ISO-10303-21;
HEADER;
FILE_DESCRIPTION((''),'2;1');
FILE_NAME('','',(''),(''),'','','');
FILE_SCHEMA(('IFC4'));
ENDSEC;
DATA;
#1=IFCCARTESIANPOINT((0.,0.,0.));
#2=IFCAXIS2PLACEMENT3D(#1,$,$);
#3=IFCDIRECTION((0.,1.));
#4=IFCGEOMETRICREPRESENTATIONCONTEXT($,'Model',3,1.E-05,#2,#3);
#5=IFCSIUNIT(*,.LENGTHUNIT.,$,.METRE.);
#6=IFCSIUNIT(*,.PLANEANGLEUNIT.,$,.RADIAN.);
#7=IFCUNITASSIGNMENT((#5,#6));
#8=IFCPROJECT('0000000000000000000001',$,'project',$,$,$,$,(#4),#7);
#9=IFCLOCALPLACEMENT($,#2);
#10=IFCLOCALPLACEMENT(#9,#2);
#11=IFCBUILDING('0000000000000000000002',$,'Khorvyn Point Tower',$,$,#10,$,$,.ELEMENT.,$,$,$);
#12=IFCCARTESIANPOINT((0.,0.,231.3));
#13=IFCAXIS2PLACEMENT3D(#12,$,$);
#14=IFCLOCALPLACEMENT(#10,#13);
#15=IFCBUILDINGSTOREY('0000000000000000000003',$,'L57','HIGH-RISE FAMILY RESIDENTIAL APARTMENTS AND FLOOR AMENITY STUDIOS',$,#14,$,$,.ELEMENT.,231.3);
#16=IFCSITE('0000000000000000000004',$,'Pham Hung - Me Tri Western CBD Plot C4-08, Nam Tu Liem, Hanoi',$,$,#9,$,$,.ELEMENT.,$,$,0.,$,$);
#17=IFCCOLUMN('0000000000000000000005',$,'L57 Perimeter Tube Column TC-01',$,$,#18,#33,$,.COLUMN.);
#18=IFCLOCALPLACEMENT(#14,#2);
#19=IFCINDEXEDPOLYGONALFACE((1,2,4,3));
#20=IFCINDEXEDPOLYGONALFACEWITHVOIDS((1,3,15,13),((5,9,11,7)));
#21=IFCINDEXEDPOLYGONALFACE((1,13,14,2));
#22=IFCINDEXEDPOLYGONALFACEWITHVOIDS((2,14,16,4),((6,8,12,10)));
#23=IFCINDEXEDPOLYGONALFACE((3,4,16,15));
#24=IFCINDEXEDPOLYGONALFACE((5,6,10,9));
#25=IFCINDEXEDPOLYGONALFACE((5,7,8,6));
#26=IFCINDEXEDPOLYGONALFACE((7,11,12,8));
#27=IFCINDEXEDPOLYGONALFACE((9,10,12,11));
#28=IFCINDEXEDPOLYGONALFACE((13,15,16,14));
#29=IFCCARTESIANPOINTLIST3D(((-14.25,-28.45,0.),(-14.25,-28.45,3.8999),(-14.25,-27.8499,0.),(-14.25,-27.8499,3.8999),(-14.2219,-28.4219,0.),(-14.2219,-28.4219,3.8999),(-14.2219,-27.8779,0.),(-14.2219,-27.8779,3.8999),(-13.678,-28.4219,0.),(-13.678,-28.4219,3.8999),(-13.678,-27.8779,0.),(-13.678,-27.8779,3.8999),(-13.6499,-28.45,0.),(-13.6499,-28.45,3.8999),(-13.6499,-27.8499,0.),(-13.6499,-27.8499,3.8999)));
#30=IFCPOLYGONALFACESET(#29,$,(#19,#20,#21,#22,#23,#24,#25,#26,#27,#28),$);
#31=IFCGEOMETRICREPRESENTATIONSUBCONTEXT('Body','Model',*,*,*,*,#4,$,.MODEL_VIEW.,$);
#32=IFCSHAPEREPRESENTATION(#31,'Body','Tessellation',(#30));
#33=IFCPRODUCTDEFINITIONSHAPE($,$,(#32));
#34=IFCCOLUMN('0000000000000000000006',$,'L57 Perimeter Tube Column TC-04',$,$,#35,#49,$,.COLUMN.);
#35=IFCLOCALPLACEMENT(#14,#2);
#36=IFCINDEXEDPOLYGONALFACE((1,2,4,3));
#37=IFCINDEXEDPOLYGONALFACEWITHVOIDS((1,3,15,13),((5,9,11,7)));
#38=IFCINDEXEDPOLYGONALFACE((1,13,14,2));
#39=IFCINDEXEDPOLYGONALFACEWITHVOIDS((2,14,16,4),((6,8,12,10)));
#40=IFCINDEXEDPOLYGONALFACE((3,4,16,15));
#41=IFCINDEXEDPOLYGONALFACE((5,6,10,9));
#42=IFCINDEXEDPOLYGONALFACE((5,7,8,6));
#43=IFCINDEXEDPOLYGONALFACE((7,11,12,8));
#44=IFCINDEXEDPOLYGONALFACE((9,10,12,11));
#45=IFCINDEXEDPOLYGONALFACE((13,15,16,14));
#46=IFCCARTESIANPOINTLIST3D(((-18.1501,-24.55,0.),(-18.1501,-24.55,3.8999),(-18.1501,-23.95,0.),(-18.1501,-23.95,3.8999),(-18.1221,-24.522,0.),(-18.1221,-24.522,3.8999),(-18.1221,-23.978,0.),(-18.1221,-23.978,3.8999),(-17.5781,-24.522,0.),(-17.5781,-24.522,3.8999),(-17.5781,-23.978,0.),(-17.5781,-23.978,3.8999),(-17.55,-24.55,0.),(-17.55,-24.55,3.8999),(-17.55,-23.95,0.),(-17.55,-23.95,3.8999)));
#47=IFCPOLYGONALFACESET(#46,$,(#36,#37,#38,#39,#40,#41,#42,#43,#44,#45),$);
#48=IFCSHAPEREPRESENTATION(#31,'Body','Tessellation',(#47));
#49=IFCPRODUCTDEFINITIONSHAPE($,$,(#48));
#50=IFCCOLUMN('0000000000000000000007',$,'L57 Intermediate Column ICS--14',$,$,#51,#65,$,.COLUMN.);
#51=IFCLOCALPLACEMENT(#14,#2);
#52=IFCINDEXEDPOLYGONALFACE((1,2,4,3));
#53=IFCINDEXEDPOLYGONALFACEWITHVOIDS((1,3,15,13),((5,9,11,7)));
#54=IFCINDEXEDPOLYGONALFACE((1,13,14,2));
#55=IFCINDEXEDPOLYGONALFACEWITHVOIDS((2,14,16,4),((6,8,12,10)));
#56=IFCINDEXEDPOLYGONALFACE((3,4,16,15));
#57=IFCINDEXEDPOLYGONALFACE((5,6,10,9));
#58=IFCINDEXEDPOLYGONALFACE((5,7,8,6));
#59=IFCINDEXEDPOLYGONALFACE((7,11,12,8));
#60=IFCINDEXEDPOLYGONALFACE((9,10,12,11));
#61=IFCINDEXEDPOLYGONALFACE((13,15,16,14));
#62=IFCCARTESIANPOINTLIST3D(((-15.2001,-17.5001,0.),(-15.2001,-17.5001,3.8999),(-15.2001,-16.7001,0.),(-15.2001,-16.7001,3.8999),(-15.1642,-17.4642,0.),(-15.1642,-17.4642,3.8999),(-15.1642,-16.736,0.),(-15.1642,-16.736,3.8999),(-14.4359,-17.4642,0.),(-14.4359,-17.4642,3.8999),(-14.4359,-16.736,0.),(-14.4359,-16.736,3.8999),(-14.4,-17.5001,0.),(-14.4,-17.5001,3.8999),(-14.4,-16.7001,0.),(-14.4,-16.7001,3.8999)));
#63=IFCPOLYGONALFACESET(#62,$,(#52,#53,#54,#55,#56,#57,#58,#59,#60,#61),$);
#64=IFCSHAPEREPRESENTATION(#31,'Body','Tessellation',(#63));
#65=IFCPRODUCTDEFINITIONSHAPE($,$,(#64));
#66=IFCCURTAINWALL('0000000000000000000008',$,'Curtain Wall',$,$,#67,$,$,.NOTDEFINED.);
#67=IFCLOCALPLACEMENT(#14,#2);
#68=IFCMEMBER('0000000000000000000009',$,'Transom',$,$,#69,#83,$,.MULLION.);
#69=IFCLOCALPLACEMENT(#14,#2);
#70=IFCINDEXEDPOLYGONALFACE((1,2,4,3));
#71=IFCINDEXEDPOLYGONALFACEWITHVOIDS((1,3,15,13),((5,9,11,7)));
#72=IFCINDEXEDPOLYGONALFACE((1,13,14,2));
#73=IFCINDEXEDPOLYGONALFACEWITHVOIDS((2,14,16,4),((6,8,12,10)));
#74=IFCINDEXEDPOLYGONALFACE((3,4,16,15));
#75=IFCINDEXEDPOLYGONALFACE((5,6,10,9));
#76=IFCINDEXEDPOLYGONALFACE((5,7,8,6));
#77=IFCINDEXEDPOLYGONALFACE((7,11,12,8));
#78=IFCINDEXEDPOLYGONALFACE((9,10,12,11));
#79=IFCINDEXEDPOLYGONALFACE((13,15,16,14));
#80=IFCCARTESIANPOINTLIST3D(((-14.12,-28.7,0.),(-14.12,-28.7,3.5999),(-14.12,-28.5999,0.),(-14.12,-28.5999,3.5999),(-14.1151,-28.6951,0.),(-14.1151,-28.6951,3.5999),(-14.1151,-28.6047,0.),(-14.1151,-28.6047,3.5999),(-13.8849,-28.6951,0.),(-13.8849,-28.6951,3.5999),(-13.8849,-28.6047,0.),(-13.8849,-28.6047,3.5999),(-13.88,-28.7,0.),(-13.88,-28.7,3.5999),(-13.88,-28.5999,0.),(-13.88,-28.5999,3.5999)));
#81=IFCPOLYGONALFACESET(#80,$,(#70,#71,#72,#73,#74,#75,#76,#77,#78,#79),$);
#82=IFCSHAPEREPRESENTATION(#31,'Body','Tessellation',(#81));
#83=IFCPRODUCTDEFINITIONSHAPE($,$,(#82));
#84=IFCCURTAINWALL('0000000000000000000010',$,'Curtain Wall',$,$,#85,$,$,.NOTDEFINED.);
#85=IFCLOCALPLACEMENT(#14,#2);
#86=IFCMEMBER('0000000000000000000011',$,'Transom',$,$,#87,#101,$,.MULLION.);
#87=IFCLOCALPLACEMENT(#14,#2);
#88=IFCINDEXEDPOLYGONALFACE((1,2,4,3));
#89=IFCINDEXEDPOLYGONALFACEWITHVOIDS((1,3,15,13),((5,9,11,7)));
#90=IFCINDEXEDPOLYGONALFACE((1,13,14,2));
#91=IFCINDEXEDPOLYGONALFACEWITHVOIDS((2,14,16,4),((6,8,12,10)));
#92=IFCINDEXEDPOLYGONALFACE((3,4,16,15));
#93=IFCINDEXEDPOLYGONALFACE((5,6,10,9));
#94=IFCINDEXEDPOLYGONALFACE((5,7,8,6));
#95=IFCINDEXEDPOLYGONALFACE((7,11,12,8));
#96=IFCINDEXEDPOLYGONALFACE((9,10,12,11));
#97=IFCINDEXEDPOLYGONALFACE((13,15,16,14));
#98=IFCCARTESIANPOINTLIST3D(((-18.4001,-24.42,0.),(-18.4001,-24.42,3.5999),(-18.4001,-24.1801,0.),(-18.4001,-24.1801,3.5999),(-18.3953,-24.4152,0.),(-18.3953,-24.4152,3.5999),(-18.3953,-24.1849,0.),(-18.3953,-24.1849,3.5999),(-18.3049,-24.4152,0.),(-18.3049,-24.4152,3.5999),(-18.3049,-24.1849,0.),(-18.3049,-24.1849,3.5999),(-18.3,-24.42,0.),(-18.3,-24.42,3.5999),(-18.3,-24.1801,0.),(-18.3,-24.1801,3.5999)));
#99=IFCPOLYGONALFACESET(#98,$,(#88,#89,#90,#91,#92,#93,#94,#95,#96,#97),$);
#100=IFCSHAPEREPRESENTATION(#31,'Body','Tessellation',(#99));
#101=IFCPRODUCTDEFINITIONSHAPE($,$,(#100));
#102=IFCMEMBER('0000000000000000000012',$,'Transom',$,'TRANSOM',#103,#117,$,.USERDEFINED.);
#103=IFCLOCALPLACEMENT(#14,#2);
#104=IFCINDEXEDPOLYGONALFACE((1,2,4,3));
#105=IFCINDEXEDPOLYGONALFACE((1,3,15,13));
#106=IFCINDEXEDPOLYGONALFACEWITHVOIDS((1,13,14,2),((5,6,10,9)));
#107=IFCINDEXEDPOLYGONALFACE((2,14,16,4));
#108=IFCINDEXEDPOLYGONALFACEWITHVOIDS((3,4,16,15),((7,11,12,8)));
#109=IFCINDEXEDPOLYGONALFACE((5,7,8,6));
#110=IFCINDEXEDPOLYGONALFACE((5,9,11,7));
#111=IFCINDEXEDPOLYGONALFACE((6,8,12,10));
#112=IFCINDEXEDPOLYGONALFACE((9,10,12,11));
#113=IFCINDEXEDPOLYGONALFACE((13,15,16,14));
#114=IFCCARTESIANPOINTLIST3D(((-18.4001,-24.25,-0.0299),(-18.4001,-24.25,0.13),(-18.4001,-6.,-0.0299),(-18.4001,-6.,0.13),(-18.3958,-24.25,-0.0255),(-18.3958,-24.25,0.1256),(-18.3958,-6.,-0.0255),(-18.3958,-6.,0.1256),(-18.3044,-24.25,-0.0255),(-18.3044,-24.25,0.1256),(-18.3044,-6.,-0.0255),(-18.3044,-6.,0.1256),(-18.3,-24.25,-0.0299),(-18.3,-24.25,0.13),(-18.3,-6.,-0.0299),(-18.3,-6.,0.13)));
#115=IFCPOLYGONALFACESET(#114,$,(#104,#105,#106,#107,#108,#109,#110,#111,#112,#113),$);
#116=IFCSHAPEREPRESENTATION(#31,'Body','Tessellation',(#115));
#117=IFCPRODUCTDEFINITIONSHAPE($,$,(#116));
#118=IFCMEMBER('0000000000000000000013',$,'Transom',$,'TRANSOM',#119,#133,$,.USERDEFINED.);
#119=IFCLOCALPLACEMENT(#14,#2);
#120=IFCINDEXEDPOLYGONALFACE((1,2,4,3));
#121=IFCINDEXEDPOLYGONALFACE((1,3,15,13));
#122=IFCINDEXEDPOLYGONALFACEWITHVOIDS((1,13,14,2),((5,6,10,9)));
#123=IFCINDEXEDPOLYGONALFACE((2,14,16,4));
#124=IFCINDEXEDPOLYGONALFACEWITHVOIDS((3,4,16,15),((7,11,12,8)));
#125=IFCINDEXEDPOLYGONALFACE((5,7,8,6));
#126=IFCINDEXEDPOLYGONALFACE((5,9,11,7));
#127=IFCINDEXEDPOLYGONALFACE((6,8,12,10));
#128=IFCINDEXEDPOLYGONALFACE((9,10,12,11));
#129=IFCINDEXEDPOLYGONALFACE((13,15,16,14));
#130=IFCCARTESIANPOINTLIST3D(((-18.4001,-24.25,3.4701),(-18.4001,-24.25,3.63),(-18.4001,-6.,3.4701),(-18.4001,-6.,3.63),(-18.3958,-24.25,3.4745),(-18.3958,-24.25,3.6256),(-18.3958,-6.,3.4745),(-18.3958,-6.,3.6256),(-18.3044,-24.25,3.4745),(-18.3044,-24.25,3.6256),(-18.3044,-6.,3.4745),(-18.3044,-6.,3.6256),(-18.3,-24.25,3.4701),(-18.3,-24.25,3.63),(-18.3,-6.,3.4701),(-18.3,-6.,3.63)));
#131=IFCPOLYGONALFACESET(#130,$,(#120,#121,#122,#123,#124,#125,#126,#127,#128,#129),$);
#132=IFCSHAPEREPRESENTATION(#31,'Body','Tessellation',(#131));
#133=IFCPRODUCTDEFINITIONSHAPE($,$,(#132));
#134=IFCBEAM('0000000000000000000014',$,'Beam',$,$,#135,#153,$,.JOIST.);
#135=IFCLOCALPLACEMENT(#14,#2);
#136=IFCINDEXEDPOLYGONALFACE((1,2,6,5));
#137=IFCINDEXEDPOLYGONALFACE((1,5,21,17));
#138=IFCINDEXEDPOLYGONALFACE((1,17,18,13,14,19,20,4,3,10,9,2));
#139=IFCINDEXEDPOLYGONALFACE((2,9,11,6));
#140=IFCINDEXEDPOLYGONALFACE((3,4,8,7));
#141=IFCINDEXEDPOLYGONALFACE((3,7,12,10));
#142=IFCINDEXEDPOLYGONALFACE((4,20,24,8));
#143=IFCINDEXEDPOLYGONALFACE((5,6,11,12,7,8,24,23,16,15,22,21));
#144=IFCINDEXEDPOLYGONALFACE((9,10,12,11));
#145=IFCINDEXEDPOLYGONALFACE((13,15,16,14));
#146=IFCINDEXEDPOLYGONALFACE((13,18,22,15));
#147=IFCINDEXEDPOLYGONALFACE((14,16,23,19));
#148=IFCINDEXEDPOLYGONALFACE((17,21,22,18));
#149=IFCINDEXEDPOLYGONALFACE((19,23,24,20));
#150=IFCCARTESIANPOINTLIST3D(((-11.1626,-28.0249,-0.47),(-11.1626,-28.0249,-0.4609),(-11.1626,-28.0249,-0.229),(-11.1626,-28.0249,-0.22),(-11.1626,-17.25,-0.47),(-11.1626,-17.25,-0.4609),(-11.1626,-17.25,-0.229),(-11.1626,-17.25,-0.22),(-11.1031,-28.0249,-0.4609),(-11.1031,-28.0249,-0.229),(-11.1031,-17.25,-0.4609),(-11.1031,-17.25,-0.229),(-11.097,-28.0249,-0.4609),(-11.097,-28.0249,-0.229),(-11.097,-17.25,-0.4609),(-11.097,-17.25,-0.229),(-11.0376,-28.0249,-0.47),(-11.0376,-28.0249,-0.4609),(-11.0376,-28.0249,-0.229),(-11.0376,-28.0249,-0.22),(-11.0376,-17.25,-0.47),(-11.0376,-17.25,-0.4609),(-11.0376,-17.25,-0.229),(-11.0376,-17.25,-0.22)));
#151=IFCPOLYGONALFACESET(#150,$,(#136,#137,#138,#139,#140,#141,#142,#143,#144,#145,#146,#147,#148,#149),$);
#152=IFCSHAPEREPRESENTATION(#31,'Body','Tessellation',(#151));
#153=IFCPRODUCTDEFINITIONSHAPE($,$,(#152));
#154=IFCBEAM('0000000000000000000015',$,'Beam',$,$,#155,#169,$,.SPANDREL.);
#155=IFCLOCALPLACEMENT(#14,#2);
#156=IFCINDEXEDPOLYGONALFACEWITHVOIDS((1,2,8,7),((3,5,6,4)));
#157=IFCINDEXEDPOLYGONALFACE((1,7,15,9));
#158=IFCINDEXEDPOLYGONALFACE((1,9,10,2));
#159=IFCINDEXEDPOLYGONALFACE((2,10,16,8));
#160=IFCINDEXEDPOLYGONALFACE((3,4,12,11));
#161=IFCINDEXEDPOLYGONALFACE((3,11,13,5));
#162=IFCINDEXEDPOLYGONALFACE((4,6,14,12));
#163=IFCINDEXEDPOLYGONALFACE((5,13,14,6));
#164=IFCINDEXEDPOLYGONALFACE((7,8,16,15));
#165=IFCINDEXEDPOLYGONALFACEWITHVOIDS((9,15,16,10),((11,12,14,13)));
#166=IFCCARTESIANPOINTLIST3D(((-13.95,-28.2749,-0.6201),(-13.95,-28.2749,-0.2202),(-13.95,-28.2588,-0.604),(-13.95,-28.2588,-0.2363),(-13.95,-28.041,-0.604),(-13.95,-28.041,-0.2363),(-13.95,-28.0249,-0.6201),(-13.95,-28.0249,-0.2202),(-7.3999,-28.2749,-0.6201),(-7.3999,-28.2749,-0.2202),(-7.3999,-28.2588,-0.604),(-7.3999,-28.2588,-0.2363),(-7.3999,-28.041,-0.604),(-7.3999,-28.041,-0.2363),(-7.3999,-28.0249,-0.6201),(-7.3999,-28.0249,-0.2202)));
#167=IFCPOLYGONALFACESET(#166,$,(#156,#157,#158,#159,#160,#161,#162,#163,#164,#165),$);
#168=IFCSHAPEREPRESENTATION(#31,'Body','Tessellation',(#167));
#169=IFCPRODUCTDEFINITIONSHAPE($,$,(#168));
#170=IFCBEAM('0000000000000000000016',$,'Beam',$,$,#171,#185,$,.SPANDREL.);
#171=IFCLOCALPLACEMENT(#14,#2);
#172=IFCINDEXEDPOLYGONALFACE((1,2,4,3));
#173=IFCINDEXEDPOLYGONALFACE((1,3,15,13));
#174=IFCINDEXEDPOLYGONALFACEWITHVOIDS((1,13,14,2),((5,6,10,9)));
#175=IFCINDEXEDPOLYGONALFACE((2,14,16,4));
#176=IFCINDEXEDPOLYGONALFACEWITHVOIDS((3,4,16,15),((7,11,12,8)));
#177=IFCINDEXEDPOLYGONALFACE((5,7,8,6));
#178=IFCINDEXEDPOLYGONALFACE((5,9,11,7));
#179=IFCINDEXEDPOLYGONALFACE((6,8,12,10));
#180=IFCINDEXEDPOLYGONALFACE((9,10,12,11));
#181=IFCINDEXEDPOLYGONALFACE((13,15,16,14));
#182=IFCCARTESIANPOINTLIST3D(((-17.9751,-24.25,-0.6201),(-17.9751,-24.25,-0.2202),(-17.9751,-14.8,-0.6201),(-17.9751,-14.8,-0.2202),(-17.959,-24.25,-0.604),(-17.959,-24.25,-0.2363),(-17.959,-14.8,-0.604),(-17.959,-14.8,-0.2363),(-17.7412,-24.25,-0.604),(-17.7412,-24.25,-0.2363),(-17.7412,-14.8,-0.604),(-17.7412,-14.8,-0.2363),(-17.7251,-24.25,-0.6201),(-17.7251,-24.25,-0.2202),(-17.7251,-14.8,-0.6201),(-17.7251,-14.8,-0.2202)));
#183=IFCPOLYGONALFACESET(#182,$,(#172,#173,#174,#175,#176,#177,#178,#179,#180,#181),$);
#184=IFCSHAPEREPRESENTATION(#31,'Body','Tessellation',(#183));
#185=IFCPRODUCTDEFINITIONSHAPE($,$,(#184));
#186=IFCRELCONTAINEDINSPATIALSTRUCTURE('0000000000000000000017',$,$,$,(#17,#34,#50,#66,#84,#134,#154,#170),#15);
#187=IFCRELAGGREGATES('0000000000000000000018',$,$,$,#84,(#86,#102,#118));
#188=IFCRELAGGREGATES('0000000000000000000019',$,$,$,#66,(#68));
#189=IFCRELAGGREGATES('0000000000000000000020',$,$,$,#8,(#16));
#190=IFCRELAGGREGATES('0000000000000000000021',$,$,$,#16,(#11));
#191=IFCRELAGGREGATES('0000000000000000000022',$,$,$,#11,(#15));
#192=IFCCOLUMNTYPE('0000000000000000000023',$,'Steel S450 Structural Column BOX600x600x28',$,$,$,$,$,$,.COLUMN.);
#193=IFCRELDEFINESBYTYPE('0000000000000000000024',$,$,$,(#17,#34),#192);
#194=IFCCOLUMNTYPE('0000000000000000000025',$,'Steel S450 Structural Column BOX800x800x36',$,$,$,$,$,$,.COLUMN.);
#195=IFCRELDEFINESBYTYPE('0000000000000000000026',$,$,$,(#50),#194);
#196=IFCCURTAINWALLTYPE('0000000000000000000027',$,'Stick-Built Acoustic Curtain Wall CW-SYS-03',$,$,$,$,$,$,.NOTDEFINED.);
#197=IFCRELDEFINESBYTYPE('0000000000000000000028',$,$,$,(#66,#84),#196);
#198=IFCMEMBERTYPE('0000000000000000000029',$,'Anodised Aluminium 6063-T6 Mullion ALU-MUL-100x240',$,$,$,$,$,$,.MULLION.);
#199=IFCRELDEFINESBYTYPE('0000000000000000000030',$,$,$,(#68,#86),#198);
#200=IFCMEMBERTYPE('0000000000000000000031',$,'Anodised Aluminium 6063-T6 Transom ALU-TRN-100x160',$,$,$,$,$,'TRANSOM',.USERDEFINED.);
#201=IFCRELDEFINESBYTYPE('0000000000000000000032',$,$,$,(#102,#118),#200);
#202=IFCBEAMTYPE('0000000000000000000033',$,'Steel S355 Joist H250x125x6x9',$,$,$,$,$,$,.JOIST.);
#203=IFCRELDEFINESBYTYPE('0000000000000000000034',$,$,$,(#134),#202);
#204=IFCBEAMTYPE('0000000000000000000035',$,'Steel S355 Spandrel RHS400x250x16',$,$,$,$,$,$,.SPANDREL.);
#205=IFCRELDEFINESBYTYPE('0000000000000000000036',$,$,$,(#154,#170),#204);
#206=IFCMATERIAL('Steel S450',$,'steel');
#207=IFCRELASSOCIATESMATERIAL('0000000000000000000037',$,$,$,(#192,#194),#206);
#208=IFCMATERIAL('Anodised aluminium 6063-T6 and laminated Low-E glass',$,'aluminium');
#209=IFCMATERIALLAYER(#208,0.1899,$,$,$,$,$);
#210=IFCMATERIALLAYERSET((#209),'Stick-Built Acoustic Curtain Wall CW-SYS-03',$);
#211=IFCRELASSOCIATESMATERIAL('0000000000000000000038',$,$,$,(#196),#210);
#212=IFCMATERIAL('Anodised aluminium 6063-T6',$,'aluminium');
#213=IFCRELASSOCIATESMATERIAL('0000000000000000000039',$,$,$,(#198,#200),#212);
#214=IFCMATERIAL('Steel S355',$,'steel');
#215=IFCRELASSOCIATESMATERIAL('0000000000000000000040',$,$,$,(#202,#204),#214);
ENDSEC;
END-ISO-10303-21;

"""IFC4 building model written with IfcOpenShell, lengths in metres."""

from ifc_helpers import new_model, si_unit, direction, frame, origin, origin_2d, place, context, subcontext, project, spatial, hollow_rectangle, i_section, extrude, material, layer, layer_set, material_profile, profile_set, type_object, element, aggregate, save


model = new_model("IFC4")

# Units and contexts
model_context = context("Model", 3, precision=1e-05, world=origin(), true_north=direction((0.0, 1.0)))
body_context = subcontext(model_context, "Body", "Model", "MODEL_VIEW")
ifc_project = project(units=[si_unit("LENGTHUNIT", "METRE"), si_unit("PLANEANGLEUNIT", "RADIAN")], contexts=[model_context])

# Site, building, storey
site_placement = place(None, origin())
site = spatial("IfcSite", under=ifc_project, at=site_placement, Name="Pham Hung - Me Tri Western CBD Plot C4-08, Nam Tu Liem, Hanoi", CompositionType="ELEMENT", RefElevation=0.0)
building_placement = place(site_placement, origin())
building = spatial("IfcBuilding", under=site, at=building_placement, Name="Khorvyn Point Tower", CompositionType="ELEMENT")
storey_placement = place(building_placement, frame((0.0, 0.0, 231.3)))
storey = spatial("IfcBuildingStorey", under=building, at=storey_placement, Name="L57", Description="HIGH-RISE FAMILY RESIDENTIAL APARTMENTS AND FLOOR AMENITY STUDIOS", CompositionType="ELEMENT", Elevation=231.3)

# Columns
ifc_material_1 = material(Name="Steel S450", Category="steel")
ifc_material_profile_1 = material_profile(ifc_material_1, hollow_rectangle(XDim=0.6001, YDim=0.6001, WallThickness=0.0281, at=origin_2d()))
ifc_profile_set_1 = profile_set([ifc_material_profile_1], Name="Steel S450 BOX600x600x28")
column_type_1 = type_object("IfcColumnType", Name="Steel S450 Structural Column BOX600x600x28", PredefinedType="COLUMN", material=ifc_profile_set_1)
for number, where, z_axis, x_axis, name in (
    (1, (-13.95, -28.1499, 0.0), (0.0, 0.0, 1.0), (1.0, 0.0, 0.0), "L57 Perimeter Tube Column TC-01"),
    (2, (-17.8501, -24.25, 0.0), (0.0, 0.0, 1.0), (1.0, 0.0, 0.0), "L57 Perimeter Tube Column TC-04"),
):
    element("IfcColumn", number, at=place(storey_placement, frame(where, z_axis=z_axis, x_axis=x_axis)), inside=storey, type_object=column_type_1, Name=name, PredefinedType="COLUMN", context=body_context, shape_type="SweptSolid", body=[
        extrude(hollow_rectangle(XDim=0.6001, YDim=0.6001, WallThickness=0.0281, at=origin_2d()), origin(), (0.0, 0.0, 1.0), 3.8999),
    ])
ifc_material_profile_2 = material_profile(ifc_material_1, hollow_rectangle(XDim=0.8, YDim=0.8, WallThickness=0.0359, at=origin_2d()))
ifc_profile_set_2 = profile_set([ifc_material_profile_2], Name="Steel S450 BOX800x800x36")
column_type_2 = type_object("IfcColumnType", Name="Steel S450 Structural Column BOX800x800x36", PredefinedType="COLUMN", material=ifc_profile_set_2)
column_placement = place(storey_placement, frame((-14.8, -17.1001, 0.0), z_axis=(0.0, 0.0, 1.0), x_axis=(1.0, 0.0, 0.0)))
element("IfcColumn", 3, at=column_placement, inside=storey, type_object=column_type_2, Name="L57 Intermediate Column ICS--14", PredefinedType="COLUMN", context=body_context, shape_type="SweptSolid", body=[
    extrude(hollow_rectangle(XDim=0.8, YDim=0.8, WallThickness=0.0359, at=origin_2d()), origin(), (0.0, 0.0, 1.0), 3.8999),
])

# Curtain wall, member
ifc_material_2 = material(Name="Anodised aluminium 6063-T6 and laminated Low-E glass", Category="aluminium")
ifc_layer_1 = layer(ifc_material_2, 0.1899)
ifc_layer_set_1 = layer_set([ifc_layer_1], Name="Stick-Built Acoustic Curtain Wall CW-SYS-03")
curtain_wall_type = type_object("IfcCurtainWallType", Name="Stick-Built Acoustic Curtain Wall CW-SYS-03", PredefinedType="NOTDEFINED", material=ifc_layer_set_1)
curtain_wall_1_placement = place(storey_placement, origin())
curtain_wall_1 = element("IfcCurtainWall", 4, at=curtain_wall_1_placement, inside=storey, type_object=curtain_wall_type, Name="Curtain Wall", PredefinedType="NOTDEFINED")
ifc_material_3 = material(Name="Anodised aluminium 6063-T6", Category="aluminium")
ifc_material_profile_3 = material_profile(ifc_material_3, hollow_rectangle(XDim=0.1001, YDim=0.24, WallThickness=0.0049, at=origin_2d()))
ifc_profile_set_3 = profile_set([ifc_material_profile_3], Name="Anodised aluminium 6063-T6 ALU-MUL-100x240")
member_type_1 = type_object("IfcMemberType", Name="Anodised Aluminium 6063-T6 Mullion ALU-MUL-100x240", PredefinedType="MULLION", material=ifc_profile_set_3)
member_1_placement = place(storey_placement, frame((-14.0, -28.6499, 0.0), z_axis=(0.0, 0.0, 1.0), x_axis=(0.0, -1.0, 0.0)))
member_1 = element("IfcMember", 5, at=member_1_placement, type_object=member_type_1, Name="Transom", PredefinedType="MULLION", context=body_context, shape_type="SweptSolid", body=[
    extrude(hollow_rectangle(XDim=0.1001, YDim=0.24, WallThickness=0.0049, at=origin_2d()), origin(), (0.0, 0.0, 1.0), 3.5999),
])

# Curtain wall, members
curtain_wall_2_placement = place(storey_placement, origin())
curtain_wall_2 = element("IfcCurtainWall", 6, at=curtain_wall_2_placement, inside=storey, type_object=curtain_wall_type, Name="Curtain Wall", PredefinedType="NOTDEFINED")
member_2_placement = place(storey_placement, frame((-18.3501, -24.3, 0.0), z_axis=(0.0, 0.0, 1.0), x_axis=(-1.0, 0.0, 0.0)))
member_2 = element("IfcMember", 7, at=member_2_placement, type_object=member_type_1, Name="Transom", PredefinedType="MULLION", context=body_context, shape_type="SweptSolid", body=[
    extrude(hollow_rectangle(XDim=0.1001, YDim=0.24, WallThickness=0.0049, at=origin_2d()), origin(), (0.0, 0.0, 1.0), 3.5999),
])
ifc_material_profile_4 = material_profile(ifc_material_3, hollow_rectangle(XDim=0.1001, YDim=0.1599, WallThickness=0.0044, at=origin_2d()))
ifc_profile_set_4 = profile_set([ifc_material_profile_4], Name="Anodised aluminium 6063-T6 ALU-TRN-100x160")
member_type_2 = type_object("IfcMemberType", Name="Anodised Aluminium 6063-T6 Transom ALU-TRN-100x160", ElementType="TRANSOM", PredefinedType="USERDEFINED", material=ifc_profile_set_4)
member_3_placement = place(storey_placement, frame((-18.3501, -24.25, 0.05), z_axis=(0.0, 1.0, 0.0), x_axis=(-1.0, 0.0, 0.0)))
member_3 = element("IfcMember", 8, at=member_3_placement, type_object=member_type_2, Name="Transom", ObjectType="TRANSOM", PredefinedType="USERDEFINED", context=body_context, shape_type="SweptSolid", body=[
    extrude(hollow_rectangle(XDim=0.1001, YDim=0.1599, WallThickness=0.0044, at=origin_2d()), origin(), (0.0, 0.0, 1.0), 18.25),
])
member_4_placement = place(storey_placement, frame((-18.3501, -24.25, 3.55), z_axis=(0.0, 1.0, 0.0), x_axis=(-1.0, 0.0, 0.0)))
member_4 = element("IfcMember", 9, at=member_4_placement, type_object=member_type_2, Name="Transom", ObjectType="TRANSOM", PredefinedType="USERDEFINED", context=body_context, shape_type="SweptSolid", body=[
    extrude(hollow_rectangle(XDim=0.1001, YDim=0.1599, WallThickness=0.0044, at=origin_2d()), origin(), (0.0, 0.0, 1.0), 18.25),
])
aggregate(curtain_wall_2, [member_2, member_3, member_4])

# Beams
ifc_material_4 = material(Name="Steel S355", Category="steel")
ifc_material_profile_5 = material_profile(ifc_material_4, i_section(OverallWidth=0.125, OverallDepth=0.25, WebThickness=0.0061, FlangeThickness=0.009, at=origin_2d()))
ifc_profile_set_5 = profile_set([ifc_material_profile_5], Name="Steel S355 H250x125x6x9")
beam_type_1 = type_object("IfcBeamType", Name="Steel S355 Joist H250x125x6x9", PredefinedType="JOIST", material=ifc_profile_set_5)
beam_1_placement = place(storey_placement, frame((-11.1001, -28.0249, -0.345), z_axis=(0.0, 1.0, 0.0), x_axis=(-1.0, 0.0, 0.0)))
element("IfcBeam", 10, at=beam_1_placement, inside=storey, type_object=beam_type_1, Name="Beam", PredefinedType="JOIST", context=body_context, shape_type="SweptSolid", body=[
    extrude(i_section(OverallWidth=0.125, OverallDepth=0.25, WebThickness=0.0061, FlangeThickness=0.009, at=origin_2d()), origin(), (0.0, 0.0, 1.0), 10.7749),
])
ifc_material_profile_6 = material_profile(ifc_material_4, hollow_rectangle(XDim=0.25, YDim=0.3999, WallThickness=0.0161, at=origin_2d()))
ifc_profile_set_6 = profile_set([ifc_material_profile_6], Name="Steel S355 RHS400x250x16")
beam_type_2 = type_object("IfcBeamType", Name="Steel S355 Spandrel RHS400x250x16", PredefinedType="SPANDREL", material=ifc_profile_set_6)
beam_2_placement = place(storey_placement, frame((-13.95, -28.1499, -0.4202), z_axis=(1.0, 0.0, 0.0), x_axis=(0.0, 1.0, 0.0)))
element("IfcBeam", 11, at=beam_2_placement, inside=storey, type_object=beam_type_2, Name="Beam", PredefinedType="SPANDREL", context=body_context, shape_type="SweptSolid", body=[
    extrude(hollow_rectangle(XDim=0.25, YDim=0.3999, WallThickness=0.0161, at=origin_2d()), origin(), (0.0, 0.0, 1.0), 6.55),
])
beam_3_placement = place(storey_placement, frame((-17.8501, -24.25, -0.4202), z_axis=(0.0, 1.0, 0.0), x_axis=(-1.0, 0.0, 0.0)))
element("IfcBeam", 12, at=beam_3_placement, inside=storey, type_object=beam_type_2, Name="Beam", PredefinedType="SPANDREL", context=body_context, shape_type="SweptSolid", body=[
    extrude(hollow_rectangle(XDim=0.25, YDim=0.3999, WallThickness=0.0161, at=origin_2d()), origin(), (0.0, 0.0, 1.0), 9.45),
])

aggregate(curtain_wall_1, [member_1])

save(model, "model.ifc")
